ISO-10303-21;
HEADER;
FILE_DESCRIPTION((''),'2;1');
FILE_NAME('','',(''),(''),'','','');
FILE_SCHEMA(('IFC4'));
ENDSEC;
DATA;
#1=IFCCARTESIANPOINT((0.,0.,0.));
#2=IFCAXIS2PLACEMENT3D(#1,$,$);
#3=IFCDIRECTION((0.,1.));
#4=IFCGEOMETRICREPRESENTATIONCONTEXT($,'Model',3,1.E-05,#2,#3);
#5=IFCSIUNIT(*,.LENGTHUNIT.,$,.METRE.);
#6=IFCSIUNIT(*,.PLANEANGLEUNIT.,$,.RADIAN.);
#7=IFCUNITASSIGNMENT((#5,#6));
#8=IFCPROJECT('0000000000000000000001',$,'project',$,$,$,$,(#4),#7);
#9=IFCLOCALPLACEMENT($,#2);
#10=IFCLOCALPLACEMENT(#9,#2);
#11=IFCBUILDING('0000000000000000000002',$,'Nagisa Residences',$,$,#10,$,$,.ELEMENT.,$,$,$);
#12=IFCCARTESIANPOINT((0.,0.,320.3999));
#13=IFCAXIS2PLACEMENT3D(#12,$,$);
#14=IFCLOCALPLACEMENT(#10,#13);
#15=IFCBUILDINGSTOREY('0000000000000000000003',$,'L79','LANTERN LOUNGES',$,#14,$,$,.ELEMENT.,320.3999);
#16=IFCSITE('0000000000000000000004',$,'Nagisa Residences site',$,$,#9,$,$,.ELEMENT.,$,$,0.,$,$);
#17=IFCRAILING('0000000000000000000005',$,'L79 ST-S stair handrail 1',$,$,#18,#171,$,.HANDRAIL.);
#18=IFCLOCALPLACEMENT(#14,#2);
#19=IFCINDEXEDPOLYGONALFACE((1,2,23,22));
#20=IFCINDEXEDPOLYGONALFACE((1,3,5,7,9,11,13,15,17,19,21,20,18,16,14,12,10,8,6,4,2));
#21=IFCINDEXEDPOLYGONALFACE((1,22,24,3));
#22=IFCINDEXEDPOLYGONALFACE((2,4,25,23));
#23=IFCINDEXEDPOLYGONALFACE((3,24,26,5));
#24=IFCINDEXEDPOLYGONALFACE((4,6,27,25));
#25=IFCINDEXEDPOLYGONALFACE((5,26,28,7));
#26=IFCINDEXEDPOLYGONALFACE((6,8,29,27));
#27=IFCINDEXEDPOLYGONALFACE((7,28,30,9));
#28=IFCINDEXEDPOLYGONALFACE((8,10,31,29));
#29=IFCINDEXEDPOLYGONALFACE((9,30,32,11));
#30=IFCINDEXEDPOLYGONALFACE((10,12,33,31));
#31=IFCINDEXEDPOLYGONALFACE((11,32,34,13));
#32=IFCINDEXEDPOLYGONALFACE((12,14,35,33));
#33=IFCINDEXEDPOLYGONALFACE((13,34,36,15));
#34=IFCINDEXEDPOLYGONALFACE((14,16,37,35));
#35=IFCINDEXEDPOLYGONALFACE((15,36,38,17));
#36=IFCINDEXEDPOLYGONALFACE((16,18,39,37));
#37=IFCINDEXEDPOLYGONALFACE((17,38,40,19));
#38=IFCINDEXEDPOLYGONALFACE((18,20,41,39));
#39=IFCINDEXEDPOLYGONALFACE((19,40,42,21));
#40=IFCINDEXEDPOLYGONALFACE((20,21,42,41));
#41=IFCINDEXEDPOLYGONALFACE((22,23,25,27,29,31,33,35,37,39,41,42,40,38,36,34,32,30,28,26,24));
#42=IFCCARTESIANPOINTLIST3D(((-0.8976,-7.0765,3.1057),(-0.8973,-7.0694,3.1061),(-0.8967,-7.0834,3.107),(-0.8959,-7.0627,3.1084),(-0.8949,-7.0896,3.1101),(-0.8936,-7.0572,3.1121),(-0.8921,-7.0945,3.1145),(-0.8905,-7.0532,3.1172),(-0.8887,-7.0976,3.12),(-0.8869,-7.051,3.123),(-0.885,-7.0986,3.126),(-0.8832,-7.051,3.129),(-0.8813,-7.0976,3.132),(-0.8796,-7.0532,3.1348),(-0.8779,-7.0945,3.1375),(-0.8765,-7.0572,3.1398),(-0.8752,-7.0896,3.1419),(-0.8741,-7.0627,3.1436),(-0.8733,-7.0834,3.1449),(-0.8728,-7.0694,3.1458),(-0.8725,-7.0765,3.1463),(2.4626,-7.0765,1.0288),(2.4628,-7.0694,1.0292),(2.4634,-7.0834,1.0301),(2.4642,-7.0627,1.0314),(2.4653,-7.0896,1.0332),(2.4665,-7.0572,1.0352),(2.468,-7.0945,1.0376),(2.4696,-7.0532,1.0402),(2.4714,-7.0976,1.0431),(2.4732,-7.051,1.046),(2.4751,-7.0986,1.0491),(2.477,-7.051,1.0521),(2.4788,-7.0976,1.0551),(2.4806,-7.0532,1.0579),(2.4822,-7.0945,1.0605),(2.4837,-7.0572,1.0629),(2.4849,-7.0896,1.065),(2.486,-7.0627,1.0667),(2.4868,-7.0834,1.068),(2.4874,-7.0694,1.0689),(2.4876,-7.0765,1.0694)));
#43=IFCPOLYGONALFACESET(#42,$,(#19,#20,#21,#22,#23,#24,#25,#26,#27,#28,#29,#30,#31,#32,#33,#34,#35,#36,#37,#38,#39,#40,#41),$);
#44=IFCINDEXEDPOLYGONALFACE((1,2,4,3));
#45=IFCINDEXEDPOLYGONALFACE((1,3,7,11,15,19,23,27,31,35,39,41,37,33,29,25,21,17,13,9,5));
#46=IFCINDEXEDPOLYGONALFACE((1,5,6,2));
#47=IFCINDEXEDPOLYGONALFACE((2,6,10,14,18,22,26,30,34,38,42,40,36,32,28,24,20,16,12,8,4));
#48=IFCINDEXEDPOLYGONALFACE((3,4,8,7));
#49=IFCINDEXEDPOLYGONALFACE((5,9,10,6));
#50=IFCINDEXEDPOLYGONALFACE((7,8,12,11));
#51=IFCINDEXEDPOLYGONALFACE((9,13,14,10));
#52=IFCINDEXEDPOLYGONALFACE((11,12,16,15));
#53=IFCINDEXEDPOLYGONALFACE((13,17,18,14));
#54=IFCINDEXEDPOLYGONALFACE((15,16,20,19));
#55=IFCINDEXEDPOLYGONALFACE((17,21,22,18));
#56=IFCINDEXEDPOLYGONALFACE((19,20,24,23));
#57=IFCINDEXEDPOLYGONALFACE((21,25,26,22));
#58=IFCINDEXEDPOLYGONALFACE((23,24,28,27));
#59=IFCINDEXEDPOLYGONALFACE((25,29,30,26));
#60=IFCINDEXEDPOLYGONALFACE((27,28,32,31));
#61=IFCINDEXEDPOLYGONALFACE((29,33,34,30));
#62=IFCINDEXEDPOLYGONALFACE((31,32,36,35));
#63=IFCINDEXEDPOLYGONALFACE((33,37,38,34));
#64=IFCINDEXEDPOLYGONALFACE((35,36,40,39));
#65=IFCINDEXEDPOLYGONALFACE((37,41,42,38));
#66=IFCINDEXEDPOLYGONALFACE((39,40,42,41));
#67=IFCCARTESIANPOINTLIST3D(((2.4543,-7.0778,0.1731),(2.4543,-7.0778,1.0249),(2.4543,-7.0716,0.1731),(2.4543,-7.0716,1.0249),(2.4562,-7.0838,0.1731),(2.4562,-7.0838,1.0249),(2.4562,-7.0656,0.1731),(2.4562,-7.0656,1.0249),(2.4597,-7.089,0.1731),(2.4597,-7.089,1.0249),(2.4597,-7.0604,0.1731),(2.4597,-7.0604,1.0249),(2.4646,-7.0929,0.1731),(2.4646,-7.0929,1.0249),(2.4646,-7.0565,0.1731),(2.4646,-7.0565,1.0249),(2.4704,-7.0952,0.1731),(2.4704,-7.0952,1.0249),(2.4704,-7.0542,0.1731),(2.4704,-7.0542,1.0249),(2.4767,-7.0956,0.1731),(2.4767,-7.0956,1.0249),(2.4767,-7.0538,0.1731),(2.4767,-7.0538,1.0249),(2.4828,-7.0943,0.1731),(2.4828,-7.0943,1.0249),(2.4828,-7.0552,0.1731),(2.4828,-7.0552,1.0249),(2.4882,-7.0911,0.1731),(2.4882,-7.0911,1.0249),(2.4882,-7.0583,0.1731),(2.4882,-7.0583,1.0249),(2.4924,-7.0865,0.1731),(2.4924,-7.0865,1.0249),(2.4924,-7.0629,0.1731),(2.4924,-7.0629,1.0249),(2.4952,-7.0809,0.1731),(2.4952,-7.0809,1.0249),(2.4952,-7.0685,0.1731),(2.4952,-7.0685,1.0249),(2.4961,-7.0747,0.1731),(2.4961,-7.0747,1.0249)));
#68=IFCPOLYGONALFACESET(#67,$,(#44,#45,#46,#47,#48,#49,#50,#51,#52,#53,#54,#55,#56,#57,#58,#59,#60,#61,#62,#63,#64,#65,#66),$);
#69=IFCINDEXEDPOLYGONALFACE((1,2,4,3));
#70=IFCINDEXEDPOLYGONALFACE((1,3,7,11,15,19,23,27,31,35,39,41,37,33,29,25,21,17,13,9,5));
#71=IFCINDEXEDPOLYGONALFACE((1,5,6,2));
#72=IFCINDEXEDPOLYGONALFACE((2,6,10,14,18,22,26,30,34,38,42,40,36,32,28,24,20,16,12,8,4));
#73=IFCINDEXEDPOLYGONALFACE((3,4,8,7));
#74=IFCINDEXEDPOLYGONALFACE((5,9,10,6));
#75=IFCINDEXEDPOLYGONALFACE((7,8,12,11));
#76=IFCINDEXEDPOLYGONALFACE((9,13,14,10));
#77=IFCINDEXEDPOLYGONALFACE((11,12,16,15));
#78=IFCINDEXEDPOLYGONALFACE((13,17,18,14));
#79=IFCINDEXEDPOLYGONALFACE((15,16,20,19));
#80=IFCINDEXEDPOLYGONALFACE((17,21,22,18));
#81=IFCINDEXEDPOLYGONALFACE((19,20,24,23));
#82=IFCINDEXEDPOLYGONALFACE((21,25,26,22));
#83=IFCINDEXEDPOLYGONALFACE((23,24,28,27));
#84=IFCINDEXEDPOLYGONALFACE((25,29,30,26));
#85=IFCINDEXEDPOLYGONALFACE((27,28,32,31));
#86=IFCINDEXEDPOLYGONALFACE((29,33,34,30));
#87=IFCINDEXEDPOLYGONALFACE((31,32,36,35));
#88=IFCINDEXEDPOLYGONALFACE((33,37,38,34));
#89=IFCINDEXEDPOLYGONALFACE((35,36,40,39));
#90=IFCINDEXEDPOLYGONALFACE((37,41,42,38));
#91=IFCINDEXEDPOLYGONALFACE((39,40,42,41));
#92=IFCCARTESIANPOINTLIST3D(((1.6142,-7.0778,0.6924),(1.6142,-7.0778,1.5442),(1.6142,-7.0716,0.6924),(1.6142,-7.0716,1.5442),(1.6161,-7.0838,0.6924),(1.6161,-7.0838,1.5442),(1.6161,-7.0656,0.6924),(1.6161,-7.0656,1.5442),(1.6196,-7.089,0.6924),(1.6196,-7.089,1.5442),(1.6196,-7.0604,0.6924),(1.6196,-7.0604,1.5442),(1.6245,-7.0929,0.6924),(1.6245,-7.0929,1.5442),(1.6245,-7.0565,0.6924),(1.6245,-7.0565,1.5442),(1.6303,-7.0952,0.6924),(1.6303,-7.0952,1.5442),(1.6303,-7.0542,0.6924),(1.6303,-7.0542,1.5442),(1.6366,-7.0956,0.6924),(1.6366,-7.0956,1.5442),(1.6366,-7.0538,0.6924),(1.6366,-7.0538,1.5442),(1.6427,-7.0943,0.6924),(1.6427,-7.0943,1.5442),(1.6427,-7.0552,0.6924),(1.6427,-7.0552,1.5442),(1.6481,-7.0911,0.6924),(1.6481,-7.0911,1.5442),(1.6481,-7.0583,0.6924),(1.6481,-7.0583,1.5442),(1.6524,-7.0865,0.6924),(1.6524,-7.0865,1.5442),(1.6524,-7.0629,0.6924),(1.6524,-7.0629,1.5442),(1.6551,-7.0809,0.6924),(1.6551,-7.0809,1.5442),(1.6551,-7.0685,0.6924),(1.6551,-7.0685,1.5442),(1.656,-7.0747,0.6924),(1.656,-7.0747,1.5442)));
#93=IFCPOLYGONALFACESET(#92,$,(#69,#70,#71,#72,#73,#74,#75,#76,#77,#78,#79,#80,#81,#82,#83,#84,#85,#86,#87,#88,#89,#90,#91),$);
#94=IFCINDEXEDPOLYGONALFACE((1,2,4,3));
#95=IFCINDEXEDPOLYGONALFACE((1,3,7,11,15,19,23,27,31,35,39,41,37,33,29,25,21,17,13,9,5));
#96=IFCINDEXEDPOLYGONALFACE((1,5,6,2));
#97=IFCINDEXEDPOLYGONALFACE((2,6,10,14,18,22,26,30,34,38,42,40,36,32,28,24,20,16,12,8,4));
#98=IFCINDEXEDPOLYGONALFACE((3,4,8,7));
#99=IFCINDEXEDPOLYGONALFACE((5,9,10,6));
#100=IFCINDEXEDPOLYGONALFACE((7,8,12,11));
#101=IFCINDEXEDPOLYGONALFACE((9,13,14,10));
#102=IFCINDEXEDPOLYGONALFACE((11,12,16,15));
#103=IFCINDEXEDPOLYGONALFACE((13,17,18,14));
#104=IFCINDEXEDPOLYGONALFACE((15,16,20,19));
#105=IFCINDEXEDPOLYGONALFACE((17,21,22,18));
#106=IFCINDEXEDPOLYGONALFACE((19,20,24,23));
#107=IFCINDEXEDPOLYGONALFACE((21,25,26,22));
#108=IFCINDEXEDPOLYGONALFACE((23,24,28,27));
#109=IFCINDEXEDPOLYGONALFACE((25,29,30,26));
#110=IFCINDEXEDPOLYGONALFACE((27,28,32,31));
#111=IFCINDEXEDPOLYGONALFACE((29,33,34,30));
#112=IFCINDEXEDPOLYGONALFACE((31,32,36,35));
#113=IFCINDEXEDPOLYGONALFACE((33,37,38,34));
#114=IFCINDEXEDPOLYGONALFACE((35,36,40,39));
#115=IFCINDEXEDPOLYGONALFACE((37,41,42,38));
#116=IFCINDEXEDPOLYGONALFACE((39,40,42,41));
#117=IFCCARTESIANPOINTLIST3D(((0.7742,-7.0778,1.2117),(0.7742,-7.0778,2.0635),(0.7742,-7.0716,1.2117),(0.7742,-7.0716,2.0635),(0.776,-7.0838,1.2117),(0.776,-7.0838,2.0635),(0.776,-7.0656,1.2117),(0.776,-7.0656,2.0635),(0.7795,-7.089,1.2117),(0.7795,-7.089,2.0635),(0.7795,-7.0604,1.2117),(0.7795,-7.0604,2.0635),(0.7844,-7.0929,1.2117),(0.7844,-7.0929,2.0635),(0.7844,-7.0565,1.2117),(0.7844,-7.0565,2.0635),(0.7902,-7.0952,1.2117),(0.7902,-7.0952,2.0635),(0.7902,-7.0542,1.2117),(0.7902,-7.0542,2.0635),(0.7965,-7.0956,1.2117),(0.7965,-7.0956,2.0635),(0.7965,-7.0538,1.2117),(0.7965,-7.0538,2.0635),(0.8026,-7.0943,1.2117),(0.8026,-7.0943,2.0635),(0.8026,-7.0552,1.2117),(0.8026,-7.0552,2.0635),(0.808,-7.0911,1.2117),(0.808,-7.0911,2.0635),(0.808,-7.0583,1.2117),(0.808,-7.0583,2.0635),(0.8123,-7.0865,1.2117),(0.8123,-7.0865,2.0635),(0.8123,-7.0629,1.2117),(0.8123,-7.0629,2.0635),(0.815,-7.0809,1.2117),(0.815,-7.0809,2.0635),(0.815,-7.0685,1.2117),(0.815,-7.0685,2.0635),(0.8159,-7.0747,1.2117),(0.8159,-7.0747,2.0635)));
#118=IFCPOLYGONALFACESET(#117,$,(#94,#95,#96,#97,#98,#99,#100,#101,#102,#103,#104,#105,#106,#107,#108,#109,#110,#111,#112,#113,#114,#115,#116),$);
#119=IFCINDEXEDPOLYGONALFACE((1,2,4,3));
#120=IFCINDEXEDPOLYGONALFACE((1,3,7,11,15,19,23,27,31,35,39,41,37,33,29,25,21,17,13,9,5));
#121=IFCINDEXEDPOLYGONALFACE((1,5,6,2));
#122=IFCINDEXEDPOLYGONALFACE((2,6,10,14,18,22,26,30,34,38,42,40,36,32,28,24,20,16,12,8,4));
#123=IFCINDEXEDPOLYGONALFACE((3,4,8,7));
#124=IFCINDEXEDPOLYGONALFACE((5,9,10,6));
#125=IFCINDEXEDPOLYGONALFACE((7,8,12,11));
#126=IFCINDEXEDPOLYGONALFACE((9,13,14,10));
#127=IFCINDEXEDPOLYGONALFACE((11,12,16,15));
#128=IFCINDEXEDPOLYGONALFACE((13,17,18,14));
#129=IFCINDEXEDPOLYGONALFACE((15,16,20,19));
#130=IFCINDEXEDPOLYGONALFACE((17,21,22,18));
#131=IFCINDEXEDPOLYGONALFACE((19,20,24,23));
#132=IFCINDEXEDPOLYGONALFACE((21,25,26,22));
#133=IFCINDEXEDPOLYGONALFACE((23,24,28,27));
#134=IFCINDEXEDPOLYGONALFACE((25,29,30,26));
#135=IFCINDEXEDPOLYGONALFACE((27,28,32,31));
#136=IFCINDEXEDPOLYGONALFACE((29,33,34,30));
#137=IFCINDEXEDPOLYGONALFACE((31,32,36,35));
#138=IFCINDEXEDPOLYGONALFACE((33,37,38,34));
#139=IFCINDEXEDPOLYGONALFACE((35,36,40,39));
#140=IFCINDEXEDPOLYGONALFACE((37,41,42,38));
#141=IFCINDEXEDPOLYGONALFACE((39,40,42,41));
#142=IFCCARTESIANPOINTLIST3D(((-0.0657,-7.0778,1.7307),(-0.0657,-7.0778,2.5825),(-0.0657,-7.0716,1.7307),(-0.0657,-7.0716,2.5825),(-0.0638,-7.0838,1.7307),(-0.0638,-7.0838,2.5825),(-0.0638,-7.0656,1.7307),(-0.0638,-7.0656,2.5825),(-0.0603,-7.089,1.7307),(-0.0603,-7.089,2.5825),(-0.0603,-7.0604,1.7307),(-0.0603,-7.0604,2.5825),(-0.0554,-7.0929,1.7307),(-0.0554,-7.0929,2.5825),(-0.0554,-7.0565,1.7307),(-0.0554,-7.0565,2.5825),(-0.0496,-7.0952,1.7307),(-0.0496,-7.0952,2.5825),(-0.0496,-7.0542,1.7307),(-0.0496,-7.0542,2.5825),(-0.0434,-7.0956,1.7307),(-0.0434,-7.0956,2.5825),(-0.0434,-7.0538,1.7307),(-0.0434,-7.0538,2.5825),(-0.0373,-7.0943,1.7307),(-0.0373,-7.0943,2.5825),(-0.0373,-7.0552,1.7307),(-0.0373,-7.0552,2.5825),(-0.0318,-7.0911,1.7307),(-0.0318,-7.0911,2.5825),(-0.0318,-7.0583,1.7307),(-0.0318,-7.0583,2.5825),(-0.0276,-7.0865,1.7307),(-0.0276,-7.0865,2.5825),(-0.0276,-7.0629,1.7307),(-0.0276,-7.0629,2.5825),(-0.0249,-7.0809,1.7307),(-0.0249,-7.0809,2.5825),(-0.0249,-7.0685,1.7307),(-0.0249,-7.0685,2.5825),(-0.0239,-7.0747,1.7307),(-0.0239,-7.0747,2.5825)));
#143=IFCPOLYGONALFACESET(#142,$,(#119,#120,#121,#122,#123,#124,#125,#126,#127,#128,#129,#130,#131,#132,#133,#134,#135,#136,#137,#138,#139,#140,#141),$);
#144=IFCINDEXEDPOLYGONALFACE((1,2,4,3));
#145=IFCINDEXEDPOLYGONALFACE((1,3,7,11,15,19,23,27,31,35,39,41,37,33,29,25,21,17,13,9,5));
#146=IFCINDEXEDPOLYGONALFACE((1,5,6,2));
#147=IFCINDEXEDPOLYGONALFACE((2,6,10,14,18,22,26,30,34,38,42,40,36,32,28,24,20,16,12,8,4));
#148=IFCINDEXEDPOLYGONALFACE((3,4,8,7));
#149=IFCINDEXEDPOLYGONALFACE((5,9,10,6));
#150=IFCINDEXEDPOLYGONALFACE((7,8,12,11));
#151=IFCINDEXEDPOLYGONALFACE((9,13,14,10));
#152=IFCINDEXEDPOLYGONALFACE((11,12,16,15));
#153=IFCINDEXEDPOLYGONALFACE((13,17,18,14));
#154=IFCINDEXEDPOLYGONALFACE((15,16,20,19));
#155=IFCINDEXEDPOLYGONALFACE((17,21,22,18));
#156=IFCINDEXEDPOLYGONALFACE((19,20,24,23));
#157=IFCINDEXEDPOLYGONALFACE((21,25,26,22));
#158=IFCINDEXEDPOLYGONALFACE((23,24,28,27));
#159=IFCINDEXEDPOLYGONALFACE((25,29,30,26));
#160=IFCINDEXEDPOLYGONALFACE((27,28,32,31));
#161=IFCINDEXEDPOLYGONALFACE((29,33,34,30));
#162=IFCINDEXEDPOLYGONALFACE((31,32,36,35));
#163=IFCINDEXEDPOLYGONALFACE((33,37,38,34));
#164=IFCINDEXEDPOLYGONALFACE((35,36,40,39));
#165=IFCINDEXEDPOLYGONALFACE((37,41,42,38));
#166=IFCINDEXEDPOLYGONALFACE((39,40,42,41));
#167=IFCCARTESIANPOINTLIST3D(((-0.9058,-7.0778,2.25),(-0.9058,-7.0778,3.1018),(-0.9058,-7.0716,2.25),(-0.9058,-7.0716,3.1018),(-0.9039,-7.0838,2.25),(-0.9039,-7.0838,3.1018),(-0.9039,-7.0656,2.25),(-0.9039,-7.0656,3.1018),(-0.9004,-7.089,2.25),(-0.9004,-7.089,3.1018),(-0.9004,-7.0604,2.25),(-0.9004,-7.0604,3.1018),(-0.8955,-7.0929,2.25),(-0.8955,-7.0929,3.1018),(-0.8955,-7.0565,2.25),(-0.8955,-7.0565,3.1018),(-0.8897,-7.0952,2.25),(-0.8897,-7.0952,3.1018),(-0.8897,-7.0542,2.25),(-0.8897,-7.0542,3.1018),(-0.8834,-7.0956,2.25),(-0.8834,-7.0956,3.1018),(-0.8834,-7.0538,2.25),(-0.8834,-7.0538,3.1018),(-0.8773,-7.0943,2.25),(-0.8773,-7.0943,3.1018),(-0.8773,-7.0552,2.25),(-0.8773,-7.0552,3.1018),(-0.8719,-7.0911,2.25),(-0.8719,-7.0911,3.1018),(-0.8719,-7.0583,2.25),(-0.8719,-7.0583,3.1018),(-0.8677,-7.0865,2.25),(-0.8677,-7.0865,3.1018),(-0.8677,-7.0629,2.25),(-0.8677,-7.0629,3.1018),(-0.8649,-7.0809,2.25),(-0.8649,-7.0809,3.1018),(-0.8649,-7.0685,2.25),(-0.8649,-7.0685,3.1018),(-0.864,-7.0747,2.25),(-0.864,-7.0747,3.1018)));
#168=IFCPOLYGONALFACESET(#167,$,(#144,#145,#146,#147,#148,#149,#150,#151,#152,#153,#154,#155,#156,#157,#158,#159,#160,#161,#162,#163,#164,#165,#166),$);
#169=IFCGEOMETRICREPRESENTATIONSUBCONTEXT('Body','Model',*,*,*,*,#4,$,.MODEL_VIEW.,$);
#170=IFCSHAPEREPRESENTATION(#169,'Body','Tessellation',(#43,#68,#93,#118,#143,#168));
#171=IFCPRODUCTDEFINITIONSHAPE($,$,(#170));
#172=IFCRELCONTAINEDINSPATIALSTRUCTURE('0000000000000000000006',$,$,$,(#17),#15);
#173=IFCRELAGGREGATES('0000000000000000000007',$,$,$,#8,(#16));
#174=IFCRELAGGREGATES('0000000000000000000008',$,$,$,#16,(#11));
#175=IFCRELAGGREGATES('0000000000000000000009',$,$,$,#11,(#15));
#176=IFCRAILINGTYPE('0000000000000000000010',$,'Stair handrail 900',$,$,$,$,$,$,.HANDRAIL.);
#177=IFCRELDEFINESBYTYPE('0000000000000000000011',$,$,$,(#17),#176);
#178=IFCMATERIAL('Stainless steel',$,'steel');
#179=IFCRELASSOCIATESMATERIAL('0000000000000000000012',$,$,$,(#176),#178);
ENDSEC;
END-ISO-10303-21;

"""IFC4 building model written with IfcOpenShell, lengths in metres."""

from ifc_helpers import new_model, si_unit, direction, frame, origin, origin_2d, place, context, subcontext, project, spatial, circle, extrude, material, type_object, element, save


model = new_model("IFC4")

# Units and contexts
model_context = context("Model", 3, precision=1e-05, world=origin(), true_north=direction((0.0, 1.0)))
body_context = subcontext(model_context, "Body", "Model", "MODEL_VIEW")
ifc_project = project(units=[si_unit("LENGTHUNIT", "METRE"), si_unit("PLANEANGLEUNIT", "RADIAN")], contexts=[model_context])

# Site, building, storey
site_placement = place(None, origin())
site = spatial("IfcSite", under=ifc_project, at=site_placement, Name="Nagisa Residences site", CompositionType="ELEMENT", RefElevation=0.0)
building_placement = place(site_placement, origin())
building = spatial("IfcBuilding", under=site, at=building_placement, Name="Nagisa Residences", CompositionType="ELEMENT")
storey_placement = place(building_placement, frame((0.0, 0.0, 320.3999)))
storey = spatial("IfcBuildingStorey", under=building, at=storey_placement, Name="L79", Description="LANTERN LOUNGES", CompositionType="ELEMENT", Elevation=320.3999)

# Railing
ifc_material_1 = material(Name="Stainless steel", Category="steel")
railing_type_1 = type_object("IfcRailingType", Name="Stair handrail 900", PredefinedType="HANDRAIL", material=ifc_material_1)
railing_1_placement = place(storey_placement, frame((2.4751, -7.0747, 0.1731)))
element("IfcRailing", 1, at=railing_1_placement, inside=storey, type_object=railing_type_1, Name="L79 ST-S stair handrail 1", PredefinedType="HANDRAIL", context=body_context, shape_type="SweptSolid", body=[
    extrude(circle(Radius=0.0239, at=origin_2d()), frame((0.0, 0.0, 0.876), z_axis=(-0.850623, 0.0, 0.525776), x_axis=(0.0, -1.0, 0.0)), (0.0, 0.0, 1.0), 3.9502),
    extrude(circle(Radius=0.021, at=origin_2d()), origin(), (0.0, 0.0, 1.0), 0.8518),
    extrude(circle(Radius=0.021, at=origin_2d()), frame((-0.8401, 0.0, 0.5193)), (0.0, 0.0, 1.0), 0.8518),
    extrude(circle(Radius=0.021, at=origin_2d()), frame((-1.6802, 0.0, 1.0386)), (0.0, 0.0, 1.0), 0.8518),
    extrude(circle(Radius=0.021, at=origin_2d()), frame((-2.52, 0.0, 1.5576)), (0.0, 0.0, 1.0), 0.8518),
    extrude(circle(Radius=0.021, at=origin_2d()), frame((-3.3601, 0.0, 2.0769)), (0.0, 0.0, 1.0), 0.8518),
])

save(model, "model.ifc")
